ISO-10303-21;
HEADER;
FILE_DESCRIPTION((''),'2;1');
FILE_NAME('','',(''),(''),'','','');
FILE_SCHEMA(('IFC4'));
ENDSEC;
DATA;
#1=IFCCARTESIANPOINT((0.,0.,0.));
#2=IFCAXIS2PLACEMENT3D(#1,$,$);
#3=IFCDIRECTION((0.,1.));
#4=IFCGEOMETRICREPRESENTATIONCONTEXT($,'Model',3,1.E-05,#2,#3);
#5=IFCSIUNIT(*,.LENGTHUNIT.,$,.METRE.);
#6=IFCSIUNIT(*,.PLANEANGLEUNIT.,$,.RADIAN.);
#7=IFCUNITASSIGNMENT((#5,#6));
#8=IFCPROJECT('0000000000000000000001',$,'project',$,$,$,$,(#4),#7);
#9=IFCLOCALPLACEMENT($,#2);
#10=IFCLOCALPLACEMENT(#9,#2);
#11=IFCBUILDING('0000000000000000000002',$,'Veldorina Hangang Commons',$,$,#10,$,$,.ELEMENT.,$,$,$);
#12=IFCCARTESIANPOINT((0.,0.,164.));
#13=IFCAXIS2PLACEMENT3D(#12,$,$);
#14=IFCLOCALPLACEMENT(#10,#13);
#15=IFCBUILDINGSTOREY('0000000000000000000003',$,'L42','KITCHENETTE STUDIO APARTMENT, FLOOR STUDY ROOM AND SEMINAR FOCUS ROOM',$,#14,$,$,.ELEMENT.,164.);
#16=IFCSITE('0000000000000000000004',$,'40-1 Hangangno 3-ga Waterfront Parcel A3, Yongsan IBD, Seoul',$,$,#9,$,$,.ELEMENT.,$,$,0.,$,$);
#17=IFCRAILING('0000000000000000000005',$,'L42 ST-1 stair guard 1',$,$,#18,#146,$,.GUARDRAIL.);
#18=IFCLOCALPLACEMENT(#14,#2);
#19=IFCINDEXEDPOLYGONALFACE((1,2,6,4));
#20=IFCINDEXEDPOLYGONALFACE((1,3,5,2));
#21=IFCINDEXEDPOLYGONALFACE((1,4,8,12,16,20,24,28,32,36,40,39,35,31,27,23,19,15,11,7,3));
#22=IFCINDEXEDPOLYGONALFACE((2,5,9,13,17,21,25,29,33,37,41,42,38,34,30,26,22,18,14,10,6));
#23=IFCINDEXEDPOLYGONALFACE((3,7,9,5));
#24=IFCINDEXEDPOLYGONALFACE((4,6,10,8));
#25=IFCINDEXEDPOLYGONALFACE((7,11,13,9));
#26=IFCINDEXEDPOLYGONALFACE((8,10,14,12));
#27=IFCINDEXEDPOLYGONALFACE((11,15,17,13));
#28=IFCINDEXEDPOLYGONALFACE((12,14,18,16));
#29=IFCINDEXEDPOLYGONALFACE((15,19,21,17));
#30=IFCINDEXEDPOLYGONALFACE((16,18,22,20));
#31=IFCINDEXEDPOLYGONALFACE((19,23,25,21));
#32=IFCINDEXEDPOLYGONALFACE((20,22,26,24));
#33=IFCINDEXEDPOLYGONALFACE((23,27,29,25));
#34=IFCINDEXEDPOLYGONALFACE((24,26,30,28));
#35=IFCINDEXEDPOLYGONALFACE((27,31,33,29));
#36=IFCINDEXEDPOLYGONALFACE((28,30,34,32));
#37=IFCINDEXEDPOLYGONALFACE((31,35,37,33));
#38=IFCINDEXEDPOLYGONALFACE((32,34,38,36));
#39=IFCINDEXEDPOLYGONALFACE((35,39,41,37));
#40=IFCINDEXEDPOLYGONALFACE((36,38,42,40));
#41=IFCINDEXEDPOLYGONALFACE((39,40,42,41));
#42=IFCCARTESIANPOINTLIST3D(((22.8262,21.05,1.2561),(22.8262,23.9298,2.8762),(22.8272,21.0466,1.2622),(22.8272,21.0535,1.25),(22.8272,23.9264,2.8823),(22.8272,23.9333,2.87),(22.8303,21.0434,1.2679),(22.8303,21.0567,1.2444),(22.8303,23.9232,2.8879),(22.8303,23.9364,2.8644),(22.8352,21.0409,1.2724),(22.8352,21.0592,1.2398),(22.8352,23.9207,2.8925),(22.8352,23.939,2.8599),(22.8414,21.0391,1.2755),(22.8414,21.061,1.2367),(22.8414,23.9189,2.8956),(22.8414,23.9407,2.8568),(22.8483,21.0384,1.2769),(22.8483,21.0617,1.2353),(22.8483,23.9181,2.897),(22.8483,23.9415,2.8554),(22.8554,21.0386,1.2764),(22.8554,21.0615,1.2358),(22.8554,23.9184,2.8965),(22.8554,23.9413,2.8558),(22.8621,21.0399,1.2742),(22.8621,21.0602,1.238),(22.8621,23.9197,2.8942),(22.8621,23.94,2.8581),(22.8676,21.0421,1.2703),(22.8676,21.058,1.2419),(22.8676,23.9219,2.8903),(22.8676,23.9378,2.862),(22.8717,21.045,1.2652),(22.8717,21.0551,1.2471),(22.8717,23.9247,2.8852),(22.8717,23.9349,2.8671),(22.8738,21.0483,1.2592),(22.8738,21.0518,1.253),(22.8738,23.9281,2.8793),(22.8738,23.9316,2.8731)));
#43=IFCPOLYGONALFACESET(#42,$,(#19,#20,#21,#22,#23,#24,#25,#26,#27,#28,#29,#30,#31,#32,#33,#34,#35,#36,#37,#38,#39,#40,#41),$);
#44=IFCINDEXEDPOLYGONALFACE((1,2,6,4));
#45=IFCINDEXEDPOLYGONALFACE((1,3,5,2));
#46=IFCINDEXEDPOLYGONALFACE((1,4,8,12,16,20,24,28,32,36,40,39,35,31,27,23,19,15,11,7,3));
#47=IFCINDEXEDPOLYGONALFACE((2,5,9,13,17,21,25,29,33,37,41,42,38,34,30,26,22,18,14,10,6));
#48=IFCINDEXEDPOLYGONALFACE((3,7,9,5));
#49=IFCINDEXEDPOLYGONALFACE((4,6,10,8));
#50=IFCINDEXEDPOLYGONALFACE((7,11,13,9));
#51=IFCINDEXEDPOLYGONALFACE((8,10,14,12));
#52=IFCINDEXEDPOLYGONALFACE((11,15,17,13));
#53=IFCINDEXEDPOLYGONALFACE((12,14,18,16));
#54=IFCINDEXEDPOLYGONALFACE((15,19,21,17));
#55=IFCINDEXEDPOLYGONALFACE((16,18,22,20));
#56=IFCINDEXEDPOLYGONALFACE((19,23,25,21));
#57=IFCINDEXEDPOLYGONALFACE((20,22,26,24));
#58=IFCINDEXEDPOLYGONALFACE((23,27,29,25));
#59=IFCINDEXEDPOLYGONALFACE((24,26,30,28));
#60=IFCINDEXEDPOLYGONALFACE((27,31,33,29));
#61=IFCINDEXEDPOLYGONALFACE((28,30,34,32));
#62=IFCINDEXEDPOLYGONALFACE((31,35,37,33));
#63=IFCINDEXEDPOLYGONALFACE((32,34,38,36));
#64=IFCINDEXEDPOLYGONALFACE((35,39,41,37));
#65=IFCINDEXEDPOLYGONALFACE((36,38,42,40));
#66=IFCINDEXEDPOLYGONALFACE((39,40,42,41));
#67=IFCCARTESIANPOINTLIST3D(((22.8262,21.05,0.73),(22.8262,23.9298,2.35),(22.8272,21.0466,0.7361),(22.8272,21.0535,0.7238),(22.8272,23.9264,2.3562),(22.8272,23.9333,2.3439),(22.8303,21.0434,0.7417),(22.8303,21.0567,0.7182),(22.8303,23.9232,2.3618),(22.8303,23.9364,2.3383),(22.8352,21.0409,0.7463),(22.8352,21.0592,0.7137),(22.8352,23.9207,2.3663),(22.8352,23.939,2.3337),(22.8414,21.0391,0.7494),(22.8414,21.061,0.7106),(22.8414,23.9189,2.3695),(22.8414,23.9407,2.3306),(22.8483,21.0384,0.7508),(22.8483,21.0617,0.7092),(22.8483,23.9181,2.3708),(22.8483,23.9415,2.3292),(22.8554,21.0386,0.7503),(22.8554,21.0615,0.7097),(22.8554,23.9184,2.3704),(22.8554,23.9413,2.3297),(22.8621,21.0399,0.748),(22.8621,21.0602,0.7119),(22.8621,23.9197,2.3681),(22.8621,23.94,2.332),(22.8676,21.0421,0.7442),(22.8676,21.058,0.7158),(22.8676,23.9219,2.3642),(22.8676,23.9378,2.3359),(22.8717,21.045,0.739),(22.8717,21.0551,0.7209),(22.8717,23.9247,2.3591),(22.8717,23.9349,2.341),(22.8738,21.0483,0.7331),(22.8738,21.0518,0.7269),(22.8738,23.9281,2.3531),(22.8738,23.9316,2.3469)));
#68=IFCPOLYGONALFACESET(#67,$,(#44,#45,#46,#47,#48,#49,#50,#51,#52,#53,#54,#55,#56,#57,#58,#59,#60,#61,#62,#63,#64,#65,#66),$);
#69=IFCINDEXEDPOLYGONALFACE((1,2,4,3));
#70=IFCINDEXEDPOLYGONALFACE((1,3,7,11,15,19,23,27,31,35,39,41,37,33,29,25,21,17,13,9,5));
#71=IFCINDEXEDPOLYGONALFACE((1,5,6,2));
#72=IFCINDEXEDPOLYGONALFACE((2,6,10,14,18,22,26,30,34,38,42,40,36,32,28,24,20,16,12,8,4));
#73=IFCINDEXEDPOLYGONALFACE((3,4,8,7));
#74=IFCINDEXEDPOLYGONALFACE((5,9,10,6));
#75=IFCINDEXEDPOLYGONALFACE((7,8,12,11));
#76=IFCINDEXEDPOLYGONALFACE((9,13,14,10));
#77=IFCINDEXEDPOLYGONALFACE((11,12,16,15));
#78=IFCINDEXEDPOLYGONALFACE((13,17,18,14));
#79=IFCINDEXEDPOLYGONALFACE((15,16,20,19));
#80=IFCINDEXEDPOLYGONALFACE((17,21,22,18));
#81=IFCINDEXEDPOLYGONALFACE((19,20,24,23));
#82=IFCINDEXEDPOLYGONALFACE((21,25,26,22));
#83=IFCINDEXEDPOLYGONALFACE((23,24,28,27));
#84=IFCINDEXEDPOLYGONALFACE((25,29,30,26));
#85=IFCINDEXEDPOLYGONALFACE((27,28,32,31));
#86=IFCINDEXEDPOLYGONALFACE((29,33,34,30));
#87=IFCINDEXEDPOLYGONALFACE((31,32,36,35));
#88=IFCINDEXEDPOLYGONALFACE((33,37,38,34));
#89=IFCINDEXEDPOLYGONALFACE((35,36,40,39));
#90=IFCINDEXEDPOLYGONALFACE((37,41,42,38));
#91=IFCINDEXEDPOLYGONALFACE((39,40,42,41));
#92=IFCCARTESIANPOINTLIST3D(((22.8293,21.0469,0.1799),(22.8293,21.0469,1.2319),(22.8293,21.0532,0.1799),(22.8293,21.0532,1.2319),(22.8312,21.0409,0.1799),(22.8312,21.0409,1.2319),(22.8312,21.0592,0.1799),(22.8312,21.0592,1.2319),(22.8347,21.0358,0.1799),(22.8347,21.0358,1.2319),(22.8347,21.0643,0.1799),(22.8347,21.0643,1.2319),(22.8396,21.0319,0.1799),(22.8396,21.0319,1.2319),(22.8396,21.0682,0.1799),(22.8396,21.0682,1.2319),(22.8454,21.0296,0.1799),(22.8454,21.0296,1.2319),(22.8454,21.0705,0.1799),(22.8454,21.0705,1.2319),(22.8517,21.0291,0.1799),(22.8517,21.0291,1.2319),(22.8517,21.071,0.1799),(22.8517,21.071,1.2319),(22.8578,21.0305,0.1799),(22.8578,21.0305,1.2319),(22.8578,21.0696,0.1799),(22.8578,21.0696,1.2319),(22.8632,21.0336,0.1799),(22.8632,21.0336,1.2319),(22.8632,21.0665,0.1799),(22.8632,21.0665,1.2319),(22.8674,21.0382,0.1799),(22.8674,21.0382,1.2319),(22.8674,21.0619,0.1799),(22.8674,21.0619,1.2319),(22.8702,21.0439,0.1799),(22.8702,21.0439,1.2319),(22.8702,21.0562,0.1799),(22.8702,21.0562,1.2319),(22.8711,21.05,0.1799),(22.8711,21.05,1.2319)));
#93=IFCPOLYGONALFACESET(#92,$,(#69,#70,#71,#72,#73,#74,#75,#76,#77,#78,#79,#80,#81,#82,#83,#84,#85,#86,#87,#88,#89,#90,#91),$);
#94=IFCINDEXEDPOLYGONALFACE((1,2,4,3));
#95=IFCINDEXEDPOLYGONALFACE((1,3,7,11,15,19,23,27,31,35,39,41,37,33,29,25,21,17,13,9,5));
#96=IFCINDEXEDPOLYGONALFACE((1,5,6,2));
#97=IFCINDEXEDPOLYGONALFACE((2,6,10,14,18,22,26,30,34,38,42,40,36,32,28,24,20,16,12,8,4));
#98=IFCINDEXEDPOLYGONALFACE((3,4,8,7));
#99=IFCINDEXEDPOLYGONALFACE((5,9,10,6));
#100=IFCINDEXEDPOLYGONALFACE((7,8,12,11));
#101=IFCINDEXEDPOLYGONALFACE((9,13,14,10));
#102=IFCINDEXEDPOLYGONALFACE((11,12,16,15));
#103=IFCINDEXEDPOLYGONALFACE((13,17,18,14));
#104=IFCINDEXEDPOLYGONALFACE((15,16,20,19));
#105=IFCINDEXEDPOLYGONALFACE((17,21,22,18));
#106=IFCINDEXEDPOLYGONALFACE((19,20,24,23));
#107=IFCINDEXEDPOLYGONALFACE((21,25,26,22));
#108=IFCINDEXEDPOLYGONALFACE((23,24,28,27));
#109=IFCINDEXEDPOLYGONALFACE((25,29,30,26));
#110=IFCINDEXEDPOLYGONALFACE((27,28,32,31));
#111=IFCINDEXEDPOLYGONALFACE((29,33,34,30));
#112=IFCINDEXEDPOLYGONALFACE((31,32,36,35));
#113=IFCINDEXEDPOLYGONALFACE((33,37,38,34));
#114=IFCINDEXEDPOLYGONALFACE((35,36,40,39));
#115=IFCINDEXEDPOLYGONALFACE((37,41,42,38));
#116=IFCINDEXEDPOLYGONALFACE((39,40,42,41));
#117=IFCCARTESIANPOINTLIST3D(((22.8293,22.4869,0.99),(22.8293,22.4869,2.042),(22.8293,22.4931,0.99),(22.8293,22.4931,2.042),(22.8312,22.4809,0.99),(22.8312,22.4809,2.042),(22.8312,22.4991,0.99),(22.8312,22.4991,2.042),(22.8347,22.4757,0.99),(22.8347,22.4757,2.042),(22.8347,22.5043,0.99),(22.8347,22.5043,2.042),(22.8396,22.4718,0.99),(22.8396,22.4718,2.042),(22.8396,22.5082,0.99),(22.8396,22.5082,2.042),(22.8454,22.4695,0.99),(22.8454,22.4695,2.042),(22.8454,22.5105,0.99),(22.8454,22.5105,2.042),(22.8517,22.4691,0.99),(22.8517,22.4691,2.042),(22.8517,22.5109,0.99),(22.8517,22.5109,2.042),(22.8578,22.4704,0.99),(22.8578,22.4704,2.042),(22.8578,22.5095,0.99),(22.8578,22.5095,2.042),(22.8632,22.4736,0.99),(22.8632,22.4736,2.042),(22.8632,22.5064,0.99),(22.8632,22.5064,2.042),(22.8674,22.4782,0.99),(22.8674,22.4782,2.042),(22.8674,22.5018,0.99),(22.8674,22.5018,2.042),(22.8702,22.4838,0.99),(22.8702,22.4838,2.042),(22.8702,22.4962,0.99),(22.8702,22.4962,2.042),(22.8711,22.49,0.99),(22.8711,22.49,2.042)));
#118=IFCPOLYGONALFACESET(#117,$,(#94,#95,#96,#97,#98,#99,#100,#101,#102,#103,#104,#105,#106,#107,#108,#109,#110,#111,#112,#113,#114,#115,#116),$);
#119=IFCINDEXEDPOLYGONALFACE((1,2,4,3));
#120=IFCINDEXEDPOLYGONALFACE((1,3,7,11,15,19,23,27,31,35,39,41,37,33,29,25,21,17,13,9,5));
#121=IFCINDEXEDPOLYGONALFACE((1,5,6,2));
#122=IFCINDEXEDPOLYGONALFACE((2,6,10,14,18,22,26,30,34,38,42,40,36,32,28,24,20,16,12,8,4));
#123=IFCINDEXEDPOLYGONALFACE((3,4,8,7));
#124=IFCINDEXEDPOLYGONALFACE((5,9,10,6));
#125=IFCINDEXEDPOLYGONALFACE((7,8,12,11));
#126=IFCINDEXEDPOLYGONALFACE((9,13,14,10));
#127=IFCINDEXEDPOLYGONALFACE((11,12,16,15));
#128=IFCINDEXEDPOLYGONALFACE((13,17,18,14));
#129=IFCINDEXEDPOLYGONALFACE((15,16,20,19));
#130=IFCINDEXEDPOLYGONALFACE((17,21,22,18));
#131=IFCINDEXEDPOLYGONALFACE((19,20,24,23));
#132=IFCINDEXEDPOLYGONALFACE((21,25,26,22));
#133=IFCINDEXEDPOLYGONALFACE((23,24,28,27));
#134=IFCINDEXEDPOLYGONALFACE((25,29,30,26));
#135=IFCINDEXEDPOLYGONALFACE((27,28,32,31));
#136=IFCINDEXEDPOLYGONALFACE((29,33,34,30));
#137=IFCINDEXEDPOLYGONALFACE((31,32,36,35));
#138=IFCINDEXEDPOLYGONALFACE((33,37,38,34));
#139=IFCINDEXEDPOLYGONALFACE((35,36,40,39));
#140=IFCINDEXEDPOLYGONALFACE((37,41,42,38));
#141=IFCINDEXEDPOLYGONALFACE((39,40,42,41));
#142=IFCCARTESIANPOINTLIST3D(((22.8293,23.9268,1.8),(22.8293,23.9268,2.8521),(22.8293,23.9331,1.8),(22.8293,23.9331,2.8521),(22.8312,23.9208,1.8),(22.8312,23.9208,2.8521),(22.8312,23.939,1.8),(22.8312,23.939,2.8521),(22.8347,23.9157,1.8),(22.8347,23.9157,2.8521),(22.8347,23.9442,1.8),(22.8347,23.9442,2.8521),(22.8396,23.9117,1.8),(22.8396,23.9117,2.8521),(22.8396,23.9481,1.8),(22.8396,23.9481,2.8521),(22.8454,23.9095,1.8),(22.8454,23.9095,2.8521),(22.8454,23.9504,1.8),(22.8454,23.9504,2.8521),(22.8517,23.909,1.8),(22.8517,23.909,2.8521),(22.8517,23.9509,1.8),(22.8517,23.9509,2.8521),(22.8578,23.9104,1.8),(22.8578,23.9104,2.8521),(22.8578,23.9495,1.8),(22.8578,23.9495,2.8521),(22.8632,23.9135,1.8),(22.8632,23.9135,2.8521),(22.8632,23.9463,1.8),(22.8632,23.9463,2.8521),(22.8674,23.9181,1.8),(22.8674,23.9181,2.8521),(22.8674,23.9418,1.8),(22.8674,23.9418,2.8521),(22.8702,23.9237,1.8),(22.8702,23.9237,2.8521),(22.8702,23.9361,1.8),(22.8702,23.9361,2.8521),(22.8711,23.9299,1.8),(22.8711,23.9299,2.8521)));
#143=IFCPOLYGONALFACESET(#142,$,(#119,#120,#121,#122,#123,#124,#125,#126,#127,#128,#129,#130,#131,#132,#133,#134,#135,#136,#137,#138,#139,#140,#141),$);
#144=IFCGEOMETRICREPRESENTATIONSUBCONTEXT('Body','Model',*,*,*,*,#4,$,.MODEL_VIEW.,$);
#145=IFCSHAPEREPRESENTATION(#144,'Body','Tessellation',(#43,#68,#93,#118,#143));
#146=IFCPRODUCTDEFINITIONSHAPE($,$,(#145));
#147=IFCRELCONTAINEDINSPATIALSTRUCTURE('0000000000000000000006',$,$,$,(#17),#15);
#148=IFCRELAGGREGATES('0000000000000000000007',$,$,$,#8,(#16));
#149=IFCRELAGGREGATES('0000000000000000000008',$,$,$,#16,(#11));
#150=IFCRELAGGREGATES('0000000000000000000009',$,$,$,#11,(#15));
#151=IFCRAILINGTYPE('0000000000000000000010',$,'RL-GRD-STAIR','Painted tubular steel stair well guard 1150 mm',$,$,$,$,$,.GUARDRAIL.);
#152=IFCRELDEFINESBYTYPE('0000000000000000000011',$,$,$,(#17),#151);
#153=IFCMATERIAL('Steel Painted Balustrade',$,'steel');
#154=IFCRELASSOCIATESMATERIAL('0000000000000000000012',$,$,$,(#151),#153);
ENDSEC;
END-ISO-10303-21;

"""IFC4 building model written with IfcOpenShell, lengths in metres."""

from ifc_helpers import new_model, si_unit, direction, frame, origin, origin_2d, place, context, subcontext, project, spatial, circle, extrude, material, type_object, element, save


model = new_model("IFC4")

# Units and contexts
model_context = context("Model", 3, precision=1e-05, world=origin(), true_north=direction((0.0, 1.0)))
body_context = subcontext(model_context, "Body", "Model", "MODEL_VIEW")
ifc_project = project(units=[si_unit("LENGTHUNIT", "METRE"), si_unit("PLANEANGLEUNIT", "RADIAN")], contexts=[model_context])

# Site, building, storey
site_placement = place(None, origin())
site = spatial("IfcSite", under=ifc_project, at=site_placement, Name="40-1 Hangangno 3-ga Waterfront Parcel A3, Yongsan IBD, Seoul", CompositionType="ELEMENT", RefElevation=0.0)
building_placement = place(site_placement, origin())
building = spatial("IfcBuilding", under=site, at=building_placement, Name="Veldorina Hangang Commons", CompositionType="ELEMENT")
storey_placement = place(building_placement, frame((0.0, 0.0, 164.0)))
storey = spatial("IfcBuildingStorey", under=building, at=storey_placement, Name="L42", Description="KITCHENETTE STUDIO APARTMENT, FLOOR STUDY ROOM AND SEMINAR FOCUS ROOM", CompositionType="ELEMENT", Elevation=164.0)

# Railing
ifc_material_1 = material(Name="Steel Painted Balustrade", Category="steel")
railing_type_1 = type_object("IfcRailingType", Name="RL-GRD-STAIR", Description="Painted tubular steel stair well guard 1150 mm", PredefinedType="GUARDRAIL", material=ifc_material_1)
railing_1_placement = place(storey_placement, frame((22.8501, 21.05, 0.1799)))
element("IfcRailing", 1, at=railing_1_placement, inside=storey, type_object=railing_type_1, Name="L42 ST-1 stair guard 1", PredefinedType="GUARDRAIL", context=body_context, shape_type="SweptSolid", body=[
    extrude(circle(Radius=0.0239, at=origin_2d()), frame((0.0, 0.0, 1.0762), z_axis=(0.0, 0.871552, 0.490303), x_axis=(-1.0, 0.0, 0.0)), (0.0, 0.0, 1.0), 3.3042),
    extrude(circle(Radius=0.0239, at=origin_2d()), frame((0.0, 0.0, 0.55), z_axis=(0.0, 0.871552, 0.490303), x_axis=(-1.0, 0.0, 0.0)), (0.0, 0.0, 1.0), 3.3042),
    extrude(circle(Radius=0.021, at=origin_2d()), origin(), (0.0, 0.0, 1.0), 1.052),
    extrude(circle(Radius=0.021, at=origin_2d()), frame((0.0, 1.4399, 0.8101)), (0.0, 0.0, 1.0), 1.052),
    extrude(circle(Radius=0.021, at=origin_2d()), frame((0.0, 2.8799, 1.6201)), (0.0, 0.0, 1.0), 1.052),
])

save(model, "model.ifc")
